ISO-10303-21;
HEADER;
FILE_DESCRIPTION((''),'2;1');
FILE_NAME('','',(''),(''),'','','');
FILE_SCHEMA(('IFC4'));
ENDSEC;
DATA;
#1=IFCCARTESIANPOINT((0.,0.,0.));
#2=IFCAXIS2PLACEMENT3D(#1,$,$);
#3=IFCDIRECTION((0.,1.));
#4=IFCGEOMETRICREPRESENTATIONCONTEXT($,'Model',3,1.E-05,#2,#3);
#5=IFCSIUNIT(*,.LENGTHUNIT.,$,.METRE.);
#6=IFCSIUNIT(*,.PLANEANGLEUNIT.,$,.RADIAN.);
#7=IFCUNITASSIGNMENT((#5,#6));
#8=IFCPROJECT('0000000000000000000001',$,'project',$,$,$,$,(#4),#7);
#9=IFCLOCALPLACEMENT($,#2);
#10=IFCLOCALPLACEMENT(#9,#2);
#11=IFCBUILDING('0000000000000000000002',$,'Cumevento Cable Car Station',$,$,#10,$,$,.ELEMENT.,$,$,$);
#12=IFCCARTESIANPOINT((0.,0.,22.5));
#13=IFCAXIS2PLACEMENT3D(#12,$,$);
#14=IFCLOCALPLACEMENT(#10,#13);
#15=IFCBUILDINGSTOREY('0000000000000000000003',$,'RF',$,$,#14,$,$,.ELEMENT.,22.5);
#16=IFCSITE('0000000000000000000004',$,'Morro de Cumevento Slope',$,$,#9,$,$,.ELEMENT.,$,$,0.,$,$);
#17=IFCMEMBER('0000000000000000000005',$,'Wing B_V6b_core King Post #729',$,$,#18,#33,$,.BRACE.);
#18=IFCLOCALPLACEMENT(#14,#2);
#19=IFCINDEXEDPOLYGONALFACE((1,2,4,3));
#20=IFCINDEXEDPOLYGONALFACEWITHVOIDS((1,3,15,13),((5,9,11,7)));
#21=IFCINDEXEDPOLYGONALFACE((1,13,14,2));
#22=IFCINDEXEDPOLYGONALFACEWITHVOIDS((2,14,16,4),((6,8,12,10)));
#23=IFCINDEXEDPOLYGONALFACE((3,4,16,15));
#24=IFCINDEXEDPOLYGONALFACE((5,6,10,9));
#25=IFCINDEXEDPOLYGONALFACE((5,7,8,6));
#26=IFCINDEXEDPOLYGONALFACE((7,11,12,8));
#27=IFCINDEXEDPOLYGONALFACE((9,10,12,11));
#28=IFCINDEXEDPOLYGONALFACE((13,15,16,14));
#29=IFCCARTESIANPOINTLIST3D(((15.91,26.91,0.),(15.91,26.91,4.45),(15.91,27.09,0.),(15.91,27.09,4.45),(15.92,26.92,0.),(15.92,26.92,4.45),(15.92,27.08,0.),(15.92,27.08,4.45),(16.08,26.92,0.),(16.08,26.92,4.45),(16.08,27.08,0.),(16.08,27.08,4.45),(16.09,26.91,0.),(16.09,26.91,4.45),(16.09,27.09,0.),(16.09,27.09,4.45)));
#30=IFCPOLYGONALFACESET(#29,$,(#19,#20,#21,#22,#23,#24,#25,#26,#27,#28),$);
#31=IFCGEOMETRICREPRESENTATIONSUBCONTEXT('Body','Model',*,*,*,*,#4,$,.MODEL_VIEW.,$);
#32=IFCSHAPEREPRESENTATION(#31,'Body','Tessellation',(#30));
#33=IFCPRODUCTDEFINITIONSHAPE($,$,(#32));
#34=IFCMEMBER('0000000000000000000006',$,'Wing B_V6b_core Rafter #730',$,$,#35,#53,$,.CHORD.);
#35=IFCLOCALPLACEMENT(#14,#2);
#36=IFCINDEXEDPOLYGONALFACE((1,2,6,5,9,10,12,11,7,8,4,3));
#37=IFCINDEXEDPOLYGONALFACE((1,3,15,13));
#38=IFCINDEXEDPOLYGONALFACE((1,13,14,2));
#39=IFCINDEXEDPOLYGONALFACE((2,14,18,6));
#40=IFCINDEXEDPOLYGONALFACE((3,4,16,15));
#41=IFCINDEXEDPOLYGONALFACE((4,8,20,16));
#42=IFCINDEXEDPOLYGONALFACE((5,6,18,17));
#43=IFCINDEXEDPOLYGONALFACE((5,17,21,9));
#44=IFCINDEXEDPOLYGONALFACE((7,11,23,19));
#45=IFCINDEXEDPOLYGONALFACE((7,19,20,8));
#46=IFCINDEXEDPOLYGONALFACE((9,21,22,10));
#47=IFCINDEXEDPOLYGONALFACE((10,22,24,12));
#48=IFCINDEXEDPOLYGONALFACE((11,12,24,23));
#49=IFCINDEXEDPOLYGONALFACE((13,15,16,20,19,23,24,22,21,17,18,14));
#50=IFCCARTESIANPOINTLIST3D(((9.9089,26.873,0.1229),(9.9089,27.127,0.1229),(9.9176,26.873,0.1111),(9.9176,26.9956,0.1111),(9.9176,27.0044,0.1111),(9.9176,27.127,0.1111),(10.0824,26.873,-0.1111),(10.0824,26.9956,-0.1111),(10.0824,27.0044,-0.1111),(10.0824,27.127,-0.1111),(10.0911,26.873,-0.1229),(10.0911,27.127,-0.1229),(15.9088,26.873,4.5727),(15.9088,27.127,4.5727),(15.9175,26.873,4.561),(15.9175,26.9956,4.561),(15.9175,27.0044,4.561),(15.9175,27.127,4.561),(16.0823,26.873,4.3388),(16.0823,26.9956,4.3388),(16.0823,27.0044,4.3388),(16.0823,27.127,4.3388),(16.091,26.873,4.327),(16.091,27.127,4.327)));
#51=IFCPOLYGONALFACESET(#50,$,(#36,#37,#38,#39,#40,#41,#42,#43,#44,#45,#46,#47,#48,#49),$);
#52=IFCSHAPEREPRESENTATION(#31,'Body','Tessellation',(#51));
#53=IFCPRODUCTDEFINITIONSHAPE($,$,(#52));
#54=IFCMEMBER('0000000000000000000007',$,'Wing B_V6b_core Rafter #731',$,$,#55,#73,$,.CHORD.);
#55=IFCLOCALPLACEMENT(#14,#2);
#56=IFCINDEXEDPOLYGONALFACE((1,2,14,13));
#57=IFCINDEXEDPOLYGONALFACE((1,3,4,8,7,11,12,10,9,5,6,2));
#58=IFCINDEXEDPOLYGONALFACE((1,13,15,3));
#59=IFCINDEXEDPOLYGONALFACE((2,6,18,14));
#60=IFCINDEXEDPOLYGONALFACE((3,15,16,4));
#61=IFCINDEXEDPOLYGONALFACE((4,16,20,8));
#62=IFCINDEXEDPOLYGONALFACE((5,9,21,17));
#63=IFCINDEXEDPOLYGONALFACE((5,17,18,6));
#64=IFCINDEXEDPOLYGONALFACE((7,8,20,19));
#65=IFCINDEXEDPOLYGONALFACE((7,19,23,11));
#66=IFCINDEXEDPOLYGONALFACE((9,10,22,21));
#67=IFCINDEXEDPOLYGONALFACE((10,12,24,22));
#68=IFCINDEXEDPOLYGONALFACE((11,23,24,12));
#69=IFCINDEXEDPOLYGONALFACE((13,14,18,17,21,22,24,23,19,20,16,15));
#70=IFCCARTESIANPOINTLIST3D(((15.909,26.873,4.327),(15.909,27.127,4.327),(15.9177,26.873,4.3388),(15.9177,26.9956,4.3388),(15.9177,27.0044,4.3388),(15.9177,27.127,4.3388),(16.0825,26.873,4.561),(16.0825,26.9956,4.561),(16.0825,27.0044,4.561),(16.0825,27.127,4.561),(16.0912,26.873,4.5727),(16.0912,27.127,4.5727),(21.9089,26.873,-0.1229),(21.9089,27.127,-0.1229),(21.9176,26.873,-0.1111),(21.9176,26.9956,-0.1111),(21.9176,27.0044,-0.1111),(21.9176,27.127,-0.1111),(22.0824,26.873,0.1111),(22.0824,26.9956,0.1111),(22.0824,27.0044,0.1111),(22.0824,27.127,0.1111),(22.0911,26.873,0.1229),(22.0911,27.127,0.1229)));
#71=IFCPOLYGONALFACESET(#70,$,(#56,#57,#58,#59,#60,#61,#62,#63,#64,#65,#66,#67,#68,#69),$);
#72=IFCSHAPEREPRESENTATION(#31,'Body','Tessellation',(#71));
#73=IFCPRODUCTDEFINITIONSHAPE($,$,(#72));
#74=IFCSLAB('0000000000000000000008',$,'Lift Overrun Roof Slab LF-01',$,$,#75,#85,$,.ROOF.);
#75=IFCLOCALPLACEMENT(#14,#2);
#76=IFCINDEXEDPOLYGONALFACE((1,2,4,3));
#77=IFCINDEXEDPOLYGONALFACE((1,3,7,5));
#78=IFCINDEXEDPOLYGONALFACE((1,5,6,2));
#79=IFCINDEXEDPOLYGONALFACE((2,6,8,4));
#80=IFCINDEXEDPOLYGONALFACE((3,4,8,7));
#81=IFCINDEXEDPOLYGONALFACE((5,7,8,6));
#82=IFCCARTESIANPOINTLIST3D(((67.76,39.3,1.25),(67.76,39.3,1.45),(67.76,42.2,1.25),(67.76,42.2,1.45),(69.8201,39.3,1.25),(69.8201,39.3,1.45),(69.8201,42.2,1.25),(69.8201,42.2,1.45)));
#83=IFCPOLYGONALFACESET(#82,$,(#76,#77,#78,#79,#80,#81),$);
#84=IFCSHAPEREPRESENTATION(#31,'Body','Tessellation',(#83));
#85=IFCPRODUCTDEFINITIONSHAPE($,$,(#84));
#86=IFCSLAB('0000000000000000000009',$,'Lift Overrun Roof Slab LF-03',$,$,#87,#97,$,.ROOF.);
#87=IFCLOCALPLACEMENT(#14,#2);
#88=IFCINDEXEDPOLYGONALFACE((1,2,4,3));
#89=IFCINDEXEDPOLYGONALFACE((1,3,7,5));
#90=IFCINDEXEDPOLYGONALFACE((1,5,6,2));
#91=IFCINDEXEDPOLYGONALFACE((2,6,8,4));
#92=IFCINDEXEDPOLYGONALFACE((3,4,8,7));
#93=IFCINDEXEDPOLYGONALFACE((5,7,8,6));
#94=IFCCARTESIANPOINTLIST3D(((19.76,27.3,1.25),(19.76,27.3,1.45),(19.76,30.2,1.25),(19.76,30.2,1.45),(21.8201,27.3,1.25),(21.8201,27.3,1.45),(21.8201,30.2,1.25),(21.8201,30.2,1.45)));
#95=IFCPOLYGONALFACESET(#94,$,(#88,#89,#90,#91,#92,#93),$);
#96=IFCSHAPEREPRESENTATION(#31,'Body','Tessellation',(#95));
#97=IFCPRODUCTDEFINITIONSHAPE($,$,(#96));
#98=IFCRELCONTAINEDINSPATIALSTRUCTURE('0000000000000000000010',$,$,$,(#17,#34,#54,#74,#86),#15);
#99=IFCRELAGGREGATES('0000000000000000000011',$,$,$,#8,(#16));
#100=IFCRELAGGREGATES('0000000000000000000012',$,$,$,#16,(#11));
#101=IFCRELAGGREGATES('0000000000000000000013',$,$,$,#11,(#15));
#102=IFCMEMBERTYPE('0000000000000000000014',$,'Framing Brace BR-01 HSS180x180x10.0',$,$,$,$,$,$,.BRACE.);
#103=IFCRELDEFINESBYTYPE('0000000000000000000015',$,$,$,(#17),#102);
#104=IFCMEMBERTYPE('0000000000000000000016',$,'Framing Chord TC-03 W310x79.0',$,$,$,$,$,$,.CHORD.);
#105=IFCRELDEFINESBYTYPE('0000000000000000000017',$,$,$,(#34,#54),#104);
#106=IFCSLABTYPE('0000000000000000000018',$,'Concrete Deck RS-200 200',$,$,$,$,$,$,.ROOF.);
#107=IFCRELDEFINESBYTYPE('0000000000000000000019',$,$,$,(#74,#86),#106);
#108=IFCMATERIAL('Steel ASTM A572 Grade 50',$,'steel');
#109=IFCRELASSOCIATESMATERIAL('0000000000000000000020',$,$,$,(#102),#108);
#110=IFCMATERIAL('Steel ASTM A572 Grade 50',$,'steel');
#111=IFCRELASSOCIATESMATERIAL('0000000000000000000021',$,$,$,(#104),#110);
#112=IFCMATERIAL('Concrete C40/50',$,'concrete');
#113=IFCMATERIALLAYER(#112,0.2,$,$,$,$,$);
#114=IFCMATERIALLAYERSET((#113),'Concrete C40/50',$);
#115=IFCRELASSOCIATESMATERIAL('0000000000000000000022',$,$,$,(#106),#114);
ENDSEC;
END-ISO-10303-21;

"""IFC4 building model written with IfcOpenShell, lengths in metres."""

from ifc_helpers import new_model, si_unit, direction, frame, origin, origin_2d, place, context, subcontext, project, spatial, polyline, hollow_rectangle, i_section, outline, extrude, material, layer, layer_set, material_profile, profile_set, type_object, element, save


model = new_model("IFC4")

# Units and contexts
model_context = context("Model", 3, precision=1e-05, world=origin(), true_north=direction((0.0, 1.0)))
body_context = subcontext(model_context, "Body", "Model", "MODEL_VIEW")
ifc_project = project(units=[si_unit("LENGTHUNIT", "METRE"), si_unit("PLANEANGLEUNIT", "RADIAN")], contexts=[model_context])

# Site, building, storey
site_placement = place(None, origin())
site = spatial("IfcSite", under=ifc_project, at=site_placement, Name="Morro de Cumevento Slope", CompositionType="ELEMENT", RefElevation=0.0)
building_placement = place(site_placement, origin())
building = spatial("IfcBuilding", under=site, at=building_placement, Name="Cumevento Cable Car Station", CompositionType="ELEMENT")
storey_placement = place(building_placement, frame((0.0, 0.0, 22.5)))
storey = spatial("IfcBuildingStorey", under=building, at=storey_placement, Name="RF", CompositionType="ELEMENT", Elevation=22.5)

# Members
ifc_material_1 = material(Name="Steel ASTM A572 Grade 50", Category="steel")
ifc_material_profile_1 = material_profile(ifc_material_1, hollow_rectangle(XDim=0.1799, YDim=0.1799, WallThickness=0.01, at=origin_2d()), Name="HSS180x180x10.0")
ifc_profile_set_1 = profile_set([ifc_material_profile_1], Name="Steel ASTM A572 Grade 50")
member_type_1 = type_object("IfcMemberType", Name="Framing Brace BR-01 HSS180x180x10.0", PredefinedType="BRACE", material=ifc_profile_set_1)
member_placement = place(storey_placement, frame((16.0, 27.0, 0.0), z_axis=(0.0, 0.0, 1.0), x_axis=(1.0, 0.0, 0.0)))
element("IfcMember", 1, at=member_placement, inside=storey, type_object=member_type_1, Name="Wing B_V6b_core King Post #729", PredefinedType="BRACE", context=body_context, shape_type="SweptSolid", body=[
    extrude(hollow_rectangle(XDim=0.1799, YDim=0.1799, WallThickness=0.01, at=origin_2d()), origin(), (0.0, 0.0, 1.0), 4.45),
])
ifc_material_2 = material(Name="Steel ASTM A572 Grade 50", Category="steel")
ifc_material_profile_2 = material_profile(ifc_material_2, i_section(OverallWidth=0.2539, OverallDepth=0.3059, WebThickness=0.0088, FlangeThickness=0.0146, at=origin_2d()), Name="W310x79.0")
ifc_profile_set_2 = profile_set([ifc_material_profile_2], Name="Steel ASTM A572 Grade 50")
member_type_2 = type_object("IfcMemberType", Name="Framing Chord TC-03 W310x79.0", PredefinedType="CHORD", material=ifc_profile_set_2)
for number, where, z_axis, x_axis, name in (
    (2, (10.0, 27.0, 0.0), (0.803204, 0.0, 0.595703), (0.0, 1.0, 0.0), "Wing B_V6b_core Rafter #730"),
    (3, (22.0, 27.0, 0.0), (-0.803204, 0.0, 0.595703), (0.0, -1.0, 0.0), "Wing B_V6b_core Rafter #731"),
):
    element("IfcMember", number, at=place(storey_placement, frame(where, z_axis=z_axis, x_axis=x_axis)), inside=storey, type_object=member_type_2, Name=name, PredefinedType="CHORD", context=body_context, shape_type="SweptSolid", body=[
        extrude(i_section(OverallWidth=0.2539, OverallDepth=0.3059, WebThickness=0.0088, FlangeThickness=0.0146, at=origin_2d()), origin(), (0.0, 0.0, 1.0), 7.47),
    ])

# Slabs
ifc_material_3 = material(Name="Concrete C40/50", Category="concrete")
ifc_layer_1 = layer(ifc_material_3, 0.2)
ifc_layer_set_1 = layer_set([ifc_layer_1], Name="Concrete C40/50")
slab_type_1 = type_object("IfcSlabType", Name="Concrete Deck RS-200 200", PredefinedType="ROOF", material=ifc_layer_set_1)
slab_1_placement = place(storey_placement, frame((0.0, 0.0, 1.25)))
element("IfcSlab", 4, at=slab_1_placement, inside=storey, type_object=slab_type_1, Name="Lift Overrun Roof Slab LF-01", PredefinedType="ROOF", context=body_context, shape_type="SweptSolid", body=[
    extrude(outline(polyline([(67.76, 39.3), (69.8201, 39.3), (69.8201, 42.2), (67.76, 42.2), (67.76, 39.3)])), origin(), (0.0, 0.0, 1.0), 0.2),
])
slab_2_placement = place(storey_placement, frame((0.0, 0.0, 1.25)))
element("IfcSlab", 5, at=slab_2_placement, inside=storey, type_object=slab_type_1, Name="Lift Overrun Roof Slab LF-03", PredefinedType="ROOF", context=body_context, shape_type="SweptSolid", body=[
    extrude(outline(polyline([(19.76, 27.3), (21.8201, 27.3), (21.8201, 30.2), (19.76, 30.2), (19.76, 27.3)])), origin(), (0.0, 0.0, 1.0), 0.2),
])

save(model, "model.ifc")
